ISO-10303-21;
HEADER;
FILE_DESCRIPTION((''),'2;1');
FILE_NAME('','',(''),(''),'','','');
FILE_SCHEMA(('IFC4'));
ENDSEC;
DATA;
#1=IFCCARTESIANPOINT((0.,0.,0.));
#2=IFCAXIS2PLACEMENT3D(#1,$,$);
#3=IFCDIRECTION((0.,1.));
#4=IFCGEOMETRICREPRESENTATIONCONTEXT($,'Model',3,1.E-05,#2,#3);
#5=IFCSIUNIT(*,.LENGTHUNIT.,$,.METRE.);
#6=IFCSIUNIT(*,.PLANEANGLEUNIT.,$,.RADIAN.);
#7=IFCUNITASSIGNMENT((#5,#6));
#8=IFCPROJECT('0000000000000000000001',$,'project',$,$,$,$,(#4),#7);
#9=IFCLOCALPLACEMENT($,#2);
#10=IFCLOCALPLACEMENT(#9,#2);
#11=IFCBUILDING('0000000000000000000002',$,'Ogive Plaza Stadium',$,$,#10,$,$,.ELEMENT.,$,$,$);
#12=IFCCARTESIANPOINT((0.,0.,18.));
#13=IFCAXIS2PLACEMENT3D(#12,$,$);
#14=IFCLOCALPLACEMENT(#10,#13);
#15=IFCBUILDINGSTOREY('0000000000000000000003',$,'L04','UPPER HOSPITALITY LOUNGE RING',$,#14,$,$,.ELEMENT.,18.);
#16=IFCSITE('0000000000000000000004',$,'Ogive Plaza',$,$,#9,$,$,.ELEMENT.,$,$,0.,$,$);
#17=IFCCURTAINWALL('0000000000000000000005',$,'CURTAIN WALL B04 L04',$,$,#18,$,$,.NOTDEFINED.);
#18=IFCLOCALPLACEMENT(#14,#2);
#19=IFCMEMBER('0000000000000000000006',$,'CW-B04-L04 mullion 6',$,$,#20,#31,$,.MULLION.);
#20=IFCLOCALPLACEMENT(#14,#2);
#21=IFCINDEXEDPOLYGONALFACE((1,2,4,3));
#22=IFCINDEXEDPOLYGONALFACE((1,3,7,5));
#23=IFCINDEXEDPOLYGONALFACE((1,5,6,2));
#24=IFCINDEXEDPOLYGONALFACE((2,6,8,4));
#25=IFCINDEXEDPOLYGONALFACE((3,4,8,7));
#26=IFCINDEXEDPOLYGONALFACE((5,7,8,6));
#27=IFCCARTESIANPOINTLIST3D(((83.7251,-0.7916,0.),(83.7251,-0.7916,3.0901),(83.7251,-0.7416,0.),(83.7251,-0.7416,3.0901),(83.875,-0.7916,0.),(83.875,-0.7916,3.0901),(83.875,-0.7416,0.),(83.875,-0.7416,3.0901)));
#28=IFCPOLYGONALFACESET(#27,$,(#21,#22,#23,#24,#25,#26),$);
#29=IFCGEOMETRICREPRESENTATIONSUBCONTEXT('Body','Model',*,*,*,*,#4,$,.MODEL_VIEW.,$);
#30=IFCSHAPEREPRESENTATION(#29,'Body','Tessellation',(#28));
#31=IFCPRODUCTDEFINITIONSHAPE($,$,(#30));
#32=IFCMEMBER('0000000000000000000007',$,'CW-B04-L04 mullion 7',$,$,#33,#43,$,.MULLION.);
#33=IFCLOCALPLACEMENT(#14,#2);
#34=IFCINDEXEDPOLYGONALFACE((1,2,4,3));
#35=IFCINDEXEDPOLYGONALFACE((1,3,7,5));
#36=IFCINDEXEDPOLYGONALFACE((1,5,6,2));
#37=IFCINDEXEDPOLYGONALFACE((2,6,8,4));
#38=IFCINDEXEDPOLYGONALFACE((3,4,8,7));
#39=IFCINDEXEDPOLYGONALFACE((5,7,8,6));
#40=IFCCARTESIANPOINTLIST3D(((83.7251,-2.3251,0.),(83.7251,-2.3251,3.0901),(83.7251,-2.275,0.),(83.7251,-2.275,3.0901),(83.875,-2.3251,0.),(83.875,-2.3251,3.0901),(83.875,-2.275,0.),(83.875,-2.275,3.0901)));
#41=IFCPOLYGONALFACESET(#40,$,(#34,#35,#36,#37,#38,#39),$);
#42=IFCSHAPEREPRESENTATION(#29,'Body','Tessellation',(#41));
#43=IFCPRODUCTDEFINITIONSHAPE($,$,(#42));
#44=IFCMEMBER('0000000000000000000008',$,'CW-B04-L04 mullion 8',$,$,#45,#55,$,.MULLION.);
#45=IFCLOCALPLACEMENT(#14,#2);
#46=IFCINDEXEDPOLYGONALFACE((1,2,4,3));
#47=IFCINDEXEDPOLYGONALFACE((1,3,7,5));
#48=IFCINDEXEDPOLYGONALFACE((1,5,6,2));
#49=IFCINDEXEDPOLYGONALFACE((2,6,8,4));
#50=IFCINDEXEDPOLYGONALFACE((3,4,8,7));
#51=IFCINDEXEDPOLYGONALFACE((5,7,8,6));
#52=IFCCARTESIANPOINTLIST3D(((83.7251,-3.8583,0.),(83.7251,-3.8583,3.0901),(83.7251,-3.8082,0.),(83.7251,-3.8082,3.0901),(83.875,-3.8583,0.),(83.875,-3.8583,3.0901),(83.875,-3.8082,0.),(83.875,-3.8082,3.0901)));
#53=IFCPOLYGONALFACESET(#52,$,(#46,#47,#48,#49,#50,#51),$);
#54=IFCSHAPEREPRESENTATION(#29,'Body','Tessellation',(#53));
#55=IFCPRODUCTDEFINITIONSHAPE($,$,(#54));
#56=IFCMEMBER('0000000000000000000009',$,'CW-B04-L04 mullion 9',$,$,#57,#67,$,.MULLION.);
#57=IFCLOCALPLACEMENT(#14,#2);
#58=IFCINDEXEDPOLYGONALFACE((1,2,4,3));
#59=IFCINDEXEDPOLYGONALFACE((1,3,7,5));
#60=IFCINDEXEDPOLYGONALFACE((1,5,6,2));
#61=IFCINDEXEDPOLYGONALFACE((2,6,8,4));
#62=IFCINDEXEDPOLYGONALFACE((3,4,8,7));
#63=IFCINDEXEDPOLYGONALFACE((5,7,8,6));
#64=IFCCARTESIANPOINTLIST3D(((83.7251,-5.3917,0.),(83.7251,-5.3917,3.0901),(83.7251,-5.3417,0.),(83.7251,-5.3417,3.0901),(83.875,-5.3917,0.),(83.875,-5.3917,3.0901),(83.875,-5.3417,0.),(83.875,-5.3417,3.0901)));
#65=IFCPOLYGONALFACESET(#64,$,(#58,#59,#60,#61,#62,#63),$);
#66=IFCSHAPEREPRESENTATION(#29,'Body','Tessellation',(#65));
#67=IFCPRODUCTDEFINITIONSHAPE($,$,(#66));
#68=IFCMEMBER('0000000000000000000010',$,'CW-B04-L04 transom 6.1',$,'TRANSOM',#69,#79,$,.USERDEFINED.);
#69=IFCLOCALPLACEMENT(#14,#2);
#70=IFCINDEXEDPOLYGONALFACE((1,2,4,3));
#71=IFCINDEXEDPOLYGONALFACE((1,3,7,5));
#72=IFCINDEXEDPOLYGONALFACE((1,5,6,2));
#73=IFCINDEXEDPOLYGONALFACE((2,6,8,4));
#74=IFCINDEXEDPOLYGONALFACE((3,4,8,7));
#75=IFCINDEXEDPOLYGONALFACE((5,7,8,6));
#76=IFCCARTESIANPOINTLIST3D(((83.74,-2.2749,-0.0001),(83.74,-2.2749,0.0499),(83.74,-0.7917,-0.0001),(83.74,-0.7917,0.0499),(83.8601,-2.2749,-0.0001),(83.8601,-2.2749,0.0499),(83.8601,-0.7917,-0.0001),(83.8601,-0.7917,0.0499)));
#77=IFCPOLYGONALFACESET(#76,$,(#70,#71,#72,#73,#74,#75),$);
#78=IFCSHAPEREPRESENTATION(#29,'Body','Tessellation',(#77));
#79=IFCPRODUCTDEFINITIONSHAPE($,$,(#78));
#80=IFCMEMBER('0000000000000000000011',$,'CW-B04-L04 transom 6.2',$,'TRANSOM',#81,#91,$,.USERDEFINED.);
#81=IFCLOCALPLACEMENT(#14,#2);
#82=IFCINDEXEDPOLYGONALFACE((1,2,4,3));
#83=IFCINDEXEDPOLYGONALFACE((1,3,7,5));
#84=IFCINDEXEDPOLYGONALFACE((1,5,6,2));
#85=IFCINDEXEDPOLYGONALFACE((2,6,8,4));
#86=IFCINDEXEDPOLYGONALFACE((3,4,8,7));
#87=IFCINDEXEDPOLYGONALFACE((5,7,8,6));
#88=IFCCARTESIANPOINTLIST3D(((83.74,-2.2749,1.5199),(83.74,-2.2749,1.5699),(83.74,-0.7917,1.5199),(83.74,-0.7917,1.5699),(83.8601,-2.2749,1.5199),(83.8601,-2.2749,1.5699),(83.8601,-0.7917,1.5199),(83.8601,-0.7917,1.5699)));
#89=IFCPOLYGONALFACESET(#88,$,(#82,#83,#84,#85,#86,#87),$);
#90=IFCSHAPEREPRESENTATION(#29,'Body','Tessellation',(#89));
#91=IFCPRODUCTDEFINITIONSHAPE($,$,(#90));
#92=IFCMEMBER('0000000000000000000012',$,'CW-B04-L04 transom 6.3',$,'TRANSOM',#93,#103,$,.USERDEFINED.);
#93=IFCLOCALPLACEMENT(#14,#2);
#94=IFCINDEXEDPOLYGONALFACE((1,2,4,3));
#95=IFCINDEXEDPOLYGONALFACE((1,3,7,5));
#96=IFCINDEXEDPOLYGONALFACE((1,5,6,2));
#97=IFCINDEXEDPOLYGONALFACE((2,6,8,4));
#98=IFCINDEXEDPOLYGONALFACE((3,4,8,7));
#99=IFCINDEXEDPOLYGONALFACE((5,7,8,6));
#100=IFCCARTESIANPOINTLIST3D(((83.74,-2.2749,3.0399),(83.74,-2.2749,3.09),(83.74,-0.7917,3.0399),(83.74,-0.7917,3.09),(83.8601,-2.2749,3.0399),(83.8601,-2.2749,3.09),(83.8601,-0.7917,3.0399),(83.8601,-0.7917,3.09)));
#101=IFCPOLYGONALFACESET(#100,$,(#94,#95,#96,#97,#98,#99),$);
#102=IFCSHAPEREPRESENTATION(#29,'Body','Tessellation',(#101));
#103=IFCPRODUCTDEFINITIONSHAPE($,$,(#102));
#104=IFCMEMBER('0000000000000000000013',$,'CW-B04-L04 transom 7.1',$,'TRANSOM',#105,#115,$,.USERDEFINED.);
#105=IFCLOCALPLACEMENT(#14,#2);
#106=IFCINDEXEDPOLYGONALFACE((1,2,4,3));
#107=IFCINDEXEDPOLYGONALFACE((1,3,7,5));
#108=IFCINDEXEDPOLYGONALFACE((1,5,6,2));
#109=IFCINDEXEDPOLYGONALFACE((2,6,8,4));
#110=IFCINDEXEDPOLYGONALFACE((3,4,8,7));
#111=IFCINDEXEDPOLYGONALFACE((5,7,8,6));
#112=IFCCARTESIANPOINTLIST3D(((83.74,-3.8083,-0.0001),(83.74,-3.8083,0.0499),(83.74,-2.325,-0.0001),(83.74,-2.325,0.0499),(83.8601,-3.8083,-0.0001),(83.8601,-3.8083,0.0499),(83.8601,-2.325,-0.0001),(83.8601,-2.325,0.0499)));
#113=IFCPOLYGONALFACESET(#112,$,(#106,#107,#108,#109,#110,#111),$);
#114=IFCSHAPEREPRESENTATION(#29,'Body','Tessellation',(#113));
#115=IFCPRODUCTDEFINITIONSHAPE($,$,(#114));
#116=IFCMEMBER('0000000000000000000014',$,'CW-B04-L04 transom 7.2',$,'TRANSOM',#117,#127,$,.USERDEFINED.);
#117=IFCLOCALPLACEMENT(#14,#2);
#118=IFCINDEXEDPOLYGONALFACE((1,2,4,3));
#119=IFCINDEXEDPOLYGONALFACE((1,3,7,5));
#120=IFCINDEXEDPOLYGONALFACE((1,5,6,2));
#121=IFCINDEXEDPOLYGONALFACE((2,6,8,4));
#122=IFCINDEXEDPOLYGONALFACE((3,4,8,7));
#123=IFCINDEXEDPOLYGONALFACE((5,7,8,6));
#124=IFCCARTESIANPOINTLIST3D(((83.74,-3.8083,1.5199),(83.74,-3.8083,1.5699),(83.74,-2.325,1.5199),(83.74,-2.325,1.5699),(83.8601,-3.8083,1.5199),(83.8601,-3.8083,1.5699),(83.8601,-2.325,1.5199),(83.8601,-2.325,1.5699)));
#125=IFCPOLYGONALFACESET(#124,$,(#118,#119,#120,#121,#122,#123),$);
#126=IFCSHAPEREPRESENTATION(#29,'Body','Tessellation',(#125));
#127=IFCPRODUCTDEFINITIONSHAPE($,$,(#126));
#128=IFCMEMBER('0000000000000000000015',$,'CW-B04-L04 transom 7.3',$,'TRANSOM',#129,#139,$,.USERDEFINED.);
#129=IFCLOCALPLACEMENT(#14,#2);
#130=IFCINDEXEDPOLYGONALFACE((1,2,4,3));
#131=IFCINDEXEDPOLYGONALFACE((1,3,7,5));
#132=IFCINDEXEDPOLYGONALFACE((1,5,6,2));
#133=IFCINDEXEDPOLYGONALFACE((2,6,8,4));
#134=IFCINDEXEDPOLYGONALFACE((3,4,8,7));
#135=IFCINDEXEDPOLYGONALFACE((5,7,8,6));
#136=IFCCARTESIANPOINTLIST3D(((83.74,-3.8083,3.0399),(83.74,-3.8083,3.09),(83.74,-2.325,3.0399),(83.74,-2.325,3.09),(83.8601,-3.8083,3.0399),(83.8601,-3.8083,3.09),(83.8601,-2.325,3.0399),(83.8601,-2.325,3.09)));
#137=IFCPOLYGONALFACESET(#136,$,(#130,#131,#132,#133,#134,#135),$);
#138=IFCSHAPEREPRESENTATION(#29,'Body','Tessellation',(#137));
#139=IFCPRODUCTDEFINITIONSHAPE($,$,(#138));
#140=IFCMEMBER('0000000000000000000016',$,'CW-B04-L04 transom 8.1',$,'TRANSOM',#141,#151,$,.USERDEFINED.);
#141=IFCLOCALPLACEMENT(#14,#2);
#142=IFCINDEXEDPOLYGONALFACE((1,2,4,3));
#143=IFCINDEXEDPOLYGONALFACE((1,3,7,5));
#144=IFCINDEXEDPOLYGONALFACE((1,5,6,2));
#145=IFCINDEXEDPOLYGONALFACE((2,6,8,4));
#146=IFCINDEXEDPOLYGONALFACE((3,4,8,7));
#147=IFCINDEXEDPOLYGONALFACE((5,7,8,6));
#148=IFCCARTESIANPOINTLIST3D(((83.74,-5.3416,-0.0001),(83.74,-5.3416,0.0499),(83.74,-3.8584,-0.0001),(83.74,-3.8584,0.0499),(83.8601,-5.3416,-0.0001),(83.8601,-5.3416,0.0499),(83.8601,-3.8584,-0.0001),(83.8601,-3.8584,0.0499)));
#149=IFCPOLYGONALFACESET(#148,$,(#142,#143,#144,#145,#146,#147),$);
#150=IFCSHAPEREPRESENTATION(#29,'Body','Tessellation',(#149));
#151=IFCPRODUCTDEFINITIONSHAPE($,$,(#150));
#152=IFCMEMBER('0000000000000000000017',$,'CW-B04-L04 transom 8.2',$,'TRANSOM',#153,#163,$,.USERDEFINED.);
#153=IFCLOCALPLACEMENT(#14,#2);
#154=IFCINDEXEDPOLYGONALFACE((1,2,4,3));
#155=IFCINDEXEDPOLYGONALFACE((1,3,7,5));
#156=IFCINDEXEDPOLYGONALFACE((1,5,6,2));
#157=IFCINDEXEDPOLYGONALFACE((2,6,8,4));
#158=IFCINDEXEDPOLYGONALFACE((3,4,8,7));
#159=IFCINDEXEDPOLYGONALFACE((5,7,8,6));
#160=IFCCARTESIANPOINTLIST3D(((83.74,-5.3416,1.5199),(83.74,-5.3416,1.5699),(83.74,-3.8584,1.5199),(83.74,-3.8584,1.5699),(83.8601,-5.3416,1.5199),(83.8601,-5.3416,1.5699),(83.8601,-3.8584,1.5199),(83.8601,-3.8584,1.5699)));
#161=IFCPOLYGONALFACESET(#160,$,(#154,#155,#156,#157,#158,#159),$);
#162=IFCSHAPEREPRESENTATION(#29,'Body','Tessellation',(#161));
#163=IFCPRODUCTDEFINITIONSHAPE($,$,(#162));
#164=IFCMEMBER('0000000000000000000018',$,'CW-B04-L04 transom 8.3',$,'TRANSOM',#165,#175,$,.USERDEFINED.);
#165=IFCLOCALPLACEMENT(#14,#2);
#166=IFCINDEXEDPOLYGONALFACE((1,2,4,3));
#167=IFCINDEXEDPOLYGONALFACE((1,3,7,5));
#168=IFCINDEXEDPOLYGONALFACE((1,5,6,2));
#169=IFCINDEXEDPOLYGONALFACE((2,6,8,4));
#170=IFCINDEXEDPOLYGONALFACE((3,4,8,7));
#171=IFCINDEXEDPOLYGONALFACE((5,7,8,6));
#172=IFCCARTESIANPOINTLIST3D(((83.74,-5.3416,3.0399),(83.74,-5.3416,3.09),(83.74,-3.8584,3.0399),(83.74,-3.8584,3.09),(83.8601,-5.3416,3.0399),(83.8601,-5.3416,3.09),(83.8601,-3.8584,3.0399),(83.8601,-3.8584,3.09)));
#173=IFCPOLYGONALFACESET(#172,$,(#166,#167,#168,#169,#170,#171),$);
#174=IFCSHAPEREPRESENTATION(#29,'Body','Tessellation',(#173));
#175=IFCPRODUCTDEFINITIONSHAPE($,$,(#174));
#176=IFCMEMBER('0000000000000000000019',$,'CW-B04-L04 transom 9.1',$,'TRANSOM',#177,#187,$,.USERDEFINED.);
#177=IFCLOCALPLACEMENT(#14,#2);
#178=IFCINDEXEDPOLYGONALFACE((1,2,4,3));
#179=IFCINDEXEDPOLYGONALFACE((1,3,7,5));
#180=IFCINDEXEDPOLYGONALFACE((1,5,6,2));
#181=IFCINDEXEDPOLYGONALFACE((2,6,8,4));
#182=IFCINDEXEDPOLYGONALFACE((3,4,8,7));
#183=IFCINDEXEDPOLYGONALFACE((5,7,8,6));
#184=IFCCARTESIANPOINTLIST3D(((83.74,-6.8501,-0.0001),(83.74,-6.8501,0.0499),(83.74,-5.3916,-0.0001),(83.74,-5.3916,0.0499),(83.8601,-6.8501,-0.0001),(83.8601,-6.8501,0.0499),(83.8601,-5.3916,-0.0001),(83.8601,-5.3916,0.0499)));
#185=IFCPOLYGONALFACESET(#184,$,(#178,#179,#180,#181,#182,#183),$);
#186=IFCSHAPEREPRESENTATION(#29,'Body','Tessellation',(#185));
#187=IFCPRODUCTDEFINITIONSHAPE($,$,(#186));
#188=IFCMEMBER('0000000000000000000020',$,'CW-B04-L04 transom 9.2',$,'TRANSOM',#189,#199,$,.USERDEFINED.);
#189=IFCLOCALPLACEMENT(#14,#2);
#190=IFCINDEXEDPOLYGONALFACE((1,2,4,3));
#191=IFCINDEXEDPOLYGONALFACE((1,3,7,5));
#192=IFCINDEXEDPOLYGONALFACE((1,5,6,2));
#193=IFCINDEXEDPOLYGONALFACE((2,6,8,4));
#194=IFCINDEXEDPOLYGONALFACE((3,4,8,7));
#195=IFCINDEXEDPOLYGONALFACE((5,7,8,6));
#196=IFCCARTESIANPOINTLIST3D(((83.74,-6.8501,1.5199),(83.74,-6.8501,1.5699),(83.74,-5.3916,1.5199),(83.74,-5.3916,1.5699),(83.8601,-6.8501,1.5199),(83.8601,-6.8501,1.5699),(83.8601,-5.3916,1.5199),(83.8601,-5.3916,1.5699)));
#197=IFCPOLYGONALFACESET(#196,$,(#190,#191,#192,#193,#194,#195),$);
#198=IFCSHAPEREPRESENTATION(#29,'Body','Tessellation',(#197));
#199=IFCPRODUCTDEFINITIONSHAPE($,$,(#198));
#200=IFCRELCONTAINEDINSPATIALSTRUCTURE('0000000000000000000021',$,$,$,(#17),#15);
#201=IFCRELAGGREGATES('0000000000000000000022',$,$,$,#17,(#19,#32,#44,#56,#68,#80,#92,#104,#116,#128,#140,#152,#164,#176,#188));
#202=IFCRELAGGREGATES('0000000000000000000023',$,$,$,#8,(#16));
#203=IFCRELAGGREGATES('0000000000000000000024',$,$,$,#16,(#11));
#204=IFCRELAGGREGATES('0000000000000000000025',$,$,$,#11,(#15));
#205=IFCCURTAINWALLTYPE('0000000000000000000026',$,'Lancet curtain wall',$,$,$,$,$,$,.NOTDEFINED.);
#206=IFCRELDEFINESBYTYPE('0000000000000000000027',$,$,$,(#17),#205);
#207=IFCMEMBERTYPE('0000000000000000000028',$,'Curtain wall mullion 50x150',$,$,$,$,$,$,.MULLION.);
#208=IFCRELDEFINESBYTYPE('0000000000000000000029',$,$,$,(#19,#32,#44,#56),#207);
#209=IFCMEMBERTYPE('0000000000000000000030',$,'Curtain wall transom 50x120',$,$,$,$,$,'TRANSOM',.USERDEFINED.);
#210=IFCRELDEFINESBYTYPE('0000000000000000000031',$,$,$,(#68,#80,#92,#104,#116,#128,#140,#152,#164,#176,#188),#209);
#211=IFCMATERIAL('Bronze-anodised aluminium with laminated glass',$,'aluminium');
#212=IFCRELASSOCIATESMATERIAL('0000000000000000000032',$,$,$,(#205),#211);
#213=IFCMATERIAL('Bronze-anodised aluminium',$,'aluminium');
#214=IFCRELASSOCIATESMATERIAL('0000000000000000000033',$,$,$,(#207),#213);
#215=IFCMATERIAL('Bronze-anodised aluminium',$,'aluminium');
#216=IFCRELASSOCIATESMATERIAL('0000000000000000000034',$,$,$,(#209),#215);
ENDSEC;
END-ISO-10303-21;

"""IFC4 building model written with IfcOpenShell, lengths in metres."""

from ifc_helpers import new_model, si_unit, direction, frame, origin, origin_2d, place, context, subcontext, project, spatial, rectangle, extrude, material, material_profile, profile_set, type_object, element, aggregate, save


model = new_model("IFC4")

# Units and contexts
model_context = context("Model", 3, precision=1e-05, world=origin(), true_north=direction((0.0, 1.0)))
body_context = subcontext(model_context, "Body", "Model", "MODEL_VIEW")
ifc_project = project(units=[si_unit("LENGTHUNIT", "METRE"), si_unit("PLANEANGLEUNIT", "RADIAN")], contexts=[model_context])

# Site, building, storey
site_placement = place(None, origin())
site = spatial("IfcSite", under=ifc_project, at=site_placement, Name="Ogive Plaza", CompositionType="ELEMENT", RefElevation=0.0)
building_placement = place(site_placement, origin())
building = spatial("IfcBuilding", under=site, at=building_placement, Name="Ogive Plaza Stadium", CompositionType="ELEMENT")
storey_placement = place(building_placement, frame((0.0, 0.0, 18.0)))
storey = spatial("IfcBuildingStorey", under=building, at=storey_placement, Name="L04", Description="UPPER HOSPITALITY LOUNGE RING", CompositionType="ELEMENT", Elevation=18.0)

# Curtain wall, members
ifc_material_1 = material(Name="Bronze-anodised aluminium with laminated glass", Category="aluminium")
curtain_wall_type = type_object("IfcCurtainWallType", Name="Lancet curtain wall", PredefinedType="NOTDEFINED", material=ifc_material_1)
curtain_wall_placement = place(storey_placement, origin())
curtain_wall = element("IfcCurtainWall", 1, at=curtain_wall_placement, inside=storey, type_object=curtain_wall_type, Name="CURTAIN WALL B04 L04", PredefinedType="NOTDEFINED")
ifc_material_2 = material(Name="Bronze-anodised aluminium", Category="aluminium")
ifc_material_profile_1 = material_profile(ifc_material_2, rectangle(XDim=0.1499, YDim=0.05, at=origin_2d()), Name="AL 150x50")
ifc_profile_set_1 = profile_set([ifc_material_profile_1], Name="Bronze-anodised aluminium")
member_type_1 = type_object("IfcMemberType", Name="Curtain wall mullion 50x150", PredefinedType="MULLION", material=ifc_profile_set_1)
member_1_placement = place(storey_placement, frame((83.8, -0.7666, 0.0), z_axis=(0.0, 0.0, 1.0), x_axis=(1.0, 0.0, 0.0)))
member_1 = element("IfcMember", 2, at=member_1_placement, type_object=member_type_1, Name="CW-B04-L04 mullion 6", PredefinedType="MULLION", context=body_context, shape_type="SweptSolid", body=[
    extrude(rectangle(XDim=0.1499, YDim=0.05, at=origin_2d()), origin(), (0.0, 0.0, 1.0), 3.0901),
])
member_2_placement = place(storey_placement, frame((83.8, -2.3, 0.0), z_axis=(0.0, 0.0, 1.0), x_axis=(1.0, 0.0, 0.0)))
member_2 = element("IfcMember", 3, at=member_2_placement, type_object=member_type_1, Name="CW-B04-L04 mullion 7", PredefinedType="MULLION", context=body_context, shape_type="SweptSolid", body=[
    extrude(rectangle(XDim=0.1499, YDim=0.05, at=origin_2d()), origin(), (0.0, 0.0, 1.0), 3.0901),
])
member_3_placement = place(storey_placement, frame((83.8, -3.8333, 0.0), z_axis=(0.0, 0.0, 1.0), x_axis=(1.0, 0.0, 0.0)))
member_3 = element("IfcMember", 4, at=member_3_placement, type_object=member_type_1, Name="CW-B04-L04 mullion 8", PredefinedType="MULLION", context=body_context, shape_type="SweptSolid", body=[
    extrude(rectangle(XDim=0.1499, YDim=0.05, at=origin_2d()), origin(), (0.0, 0.0, 1.0), 3.0901),
])
member_4_placement = place(storey_placement, frame((83.8, -5.3667, 0.0), z_axis=(0.0, 0.0, 1.0), x_axis=(1.0, 0.0, 0.0)))
member_4 = element("IfcMember", 5, at=member_4_placement, type_object=member_type_1, Name="CW-B04-L04 mullion 9", PredefinedType="MULLION", context=body_context, shape_type="SweptSolid", body=[
    extrude(rectangle(XDim=0.1499, YDim=0.05, at=origin_2d()), origin(), (0.0, 0.0, 1.0), 3.0901),
])
ifc_material_3 = material(Name="Bronze-anodised aluminium", Category="aluminium")
ifc_material_profile_2 = material_profile(ifc_material_3, rectangle(XDim=0.1201, YDim=0.05, at=origin_2d()), Name="AL 120x50")
ifc_profile_set_2 = profile_set([ifc_material_profile_2], Name="Bronze-anodised aluminium")
member_type_2 = type_object("IfcMemberType", Name="Curtain wall transom 50x120", ElementType="TRANSOM", PredefinedType="USERDEFINED", material=ifc_profile_set_2)
member_5_placement = place(storey_placement, frame((83.8, -0.7917, 0.0249), z_axis=(0.0, -1.0, 0.0), x_axis=(1.0, 0.0, 0.0)))
member_5 = element("IfcMember", 6, at=member_5_placement, type_object=member_type_2, Name="CW-B04-L04 transom 6.1", ObjectType="TRANSOM", PredefinedType="USERDEFINED", context=body_context, shape_type="SweptSolid", body=[
    extrude(rectangle(XDim=0.1201, YDim=0.05, at=origin_2d()), origin(), (0.0, 0.0, 1.0), 1.4832),
])
member_6_placement = place(storey_placement, frame((83.8, -0.7917, 1.5449), z_axis=(0.0, -1.0, 0.0), x_axis=(1.0, 0.0, 0.0)))
member_6 = element("IfcMember", 7, at=member_6_placement, type_object=member_type_2, Name="CW-B04-L04 transom 6.2", ObjectType="TRANSOM", PredefinedType="USERDEFINED", context=body_context, shape_type="SweptSolid", body=[
    extrude(rectangle(XDim=0.1201, YDim=0.05, at=origin_2d()), origin(), (0.0, 0.0, 1.0), 1.4832),
])
member_7_placement = place(storey_placement, frame((83.8, -0.7917, 3.0649), z_axis=(0.0, -1.0, 0.0), x_axis=(1.0, 0.0, 0.0)))
member_7 = element("IfcMember", 8, at=member_7_placement, type_object=member_type_2, Name="CW-B04-L04 transom 6.3", ObjectType="TRANSOM", PredefinedType="USERDEFINED", context=body_context, shape_type="SweptSolid", body=[
    extrude(rectangle(XDim=0.1201, YDim=0.05, at=origin_2d()), origin(), (0.0, 0.0, 1.0), 1.4832),
])
member_8_placement = place(storey_placement, frame((83.8, -2.325, 0.0249), z_axis=(0.0, -1.0, 0.0), x_axis=(1.0, 0.0, 0.0)))
member_8 = element("IfcMember", 9, at=member_8_placement, type_object=member_type_2, Name="CW-B04-L04 transom 7.1", ObjectType="TRANSOM", PredefinedType="USERDEFINED", context=body_context, shape_type="SweptSolid", body=[
    extrude(rectangle(XDim=0.1201, YDim=0.05, at=origin_2d()), origin(), (0.0, 0.0, 1.0), 1.4834),
])
member_9_placement = place(storey_placement, frame((83.8, -2.325, 1.5449), z_axis=(0.0, -1.0, 0.0), x_axis=(1.0, 0.0, 0.0)))
member_9 = element("IfcMember", 10, at=member_9_placement, type_object=member_type_2, Name="CW-B04-L04 transom 7.2", ObjectType="TRANSOM", PredefinedType="USERDEFINED", context=body_context, shape_type="SweptSolid", body=[
    extrude(rectangle(XDim=0.1201, YDim=0.05, at=origin_2d()), origin(), (0.0, 0.0, 1.0), 1.4834),
])
member_10_placement = place(storey_placement, frame((83.8, -2.325, 3.0649), z_axis=(0.0, -1.0, 0.0), x_axis=(1.0, 0.0, 0.0)))
member_10 = element("IfcMember", 11, at=member_10_placement, type_object=member_type_2, Name="CW-B04-L04 transom 7.3", ObjectType="TRANSOM", PredefinedType="USERDEFINED", context=body_context, shape_type="SweptSolid", body=[
    extrude(rectangle(XDim=0.1201, YDim=0.05, at=origin_2d()), origin(), (0.0, 0.0, 1.0), 1.4834),
])
member_11_placement = place(storey_placement, frame((83.8, -3.8584, 0.0249), z_axis=(0.0, -1.0, 0.0), x_axis=(1.0, 0.0, 0.0)))
member_11 = element("IfcMember", 12, at=member_11_placement, type_object=member_type_2, Name="CW-B04-L04 transom 8.1", ObjectType="TRANSOM", PredefinedType="USERDEFINED", context=body_context, shape_type="SweptSolid", body=[
    extrude(rectangle(XDim=0.1201, YDim=0.05, at=origin_2d()), origin(), (0.0, 0.0, 1.0), 1.4832),
])
member_12_placement = place(storey_placement, frame((83.8, -3.8584, 1.5449), z_axis=(0.0, -1.0, 0.0), x_axis=(1.0, 0.0, 0.0)))
member_12 = element("IfcMember", 13, at=member_12_placement, type_object=member_type_2, Name="CW-B04-L04 transom 8.2", ObjectType="TRANSOM", PredefinedType="USERDEFINED", context=body_context, shape_type="SweptSolid", body=[
    extrude(rectangle(XDim=0.1201, YDim=0.05, at=origin_2d()), origin(), (0.0, 0.0, 1.0), 1.4832),
])
member_13_placement = place(storey_placement, frame((83.8, -3.8584, 3.0649), z_axis=(0.0, -1.0, 0.0), x_axis=(1.0, 0.0, 0.0)))
member_13 = element("IfcMember", 14, at=member_13_placement, type_object=member_type_2, Name="CW-B04-L04 transom 8.3", ObjectType="TRANSOM", PredefinedType="USERDEFINED", context=body_context, shape_type="SweptSolid", body=[
    extrude(rectangle(XDim=0.1201, YDim=0.05, at=origin_2d()), origin(), (0.0, 0.0, 1.0), 1.4832),
])
member_14_placement = place(storey_placement, frame((83.8, -5.3916, 0.0249), z_axis=(0.0, -1.0, 0.0), x_axis=(1.0, 0.0, 0.0)))
member_14 = element("IfcMember", 15, at=member_14_placement, type_object=member_type_2, Name="CW-B04-L04 transom 9.1", ObjectType="TRANSOM", PredefinedType="USERDEFINED", context=body_context, shape_type="SweptSolid", body=[
    extrude(rectangle(XDim=0.1201, YDim=0.05, at=origin_2d()), origin(), (0.0, 0.0, 1.0), 1.4585),
])
member_15_placement = place(storey_placement, frame((83.8, -5.3916, 1.5449), z_axis=(0.0, -1.0, 0.0), x_axis=(1.0, 0.0, 0.0)))
member_15 = element("IfcMember", 16, at=member_15_placement, type_object=member_type_2, Name="CW-B04-L04 transom 9.2", ObjectType="TRANSOM", PredefinedType="USERDEFINED", context=body_context, shape_type="SweptSolid", body=[
    extrude(rectangle(XDim=0.1201, YDim=0.05, at=origin_2d()), origin(), (0.0, 0.0, 1.0), 1.4585),
])
aggregate(curtain_wall, [member_1, member_2, member_3, member_4, member_5, member_6, member_7, member_8, member_9, member_10, member_11, member_12, member_13, member_14, member_15])

save(model, "model.ifc")
